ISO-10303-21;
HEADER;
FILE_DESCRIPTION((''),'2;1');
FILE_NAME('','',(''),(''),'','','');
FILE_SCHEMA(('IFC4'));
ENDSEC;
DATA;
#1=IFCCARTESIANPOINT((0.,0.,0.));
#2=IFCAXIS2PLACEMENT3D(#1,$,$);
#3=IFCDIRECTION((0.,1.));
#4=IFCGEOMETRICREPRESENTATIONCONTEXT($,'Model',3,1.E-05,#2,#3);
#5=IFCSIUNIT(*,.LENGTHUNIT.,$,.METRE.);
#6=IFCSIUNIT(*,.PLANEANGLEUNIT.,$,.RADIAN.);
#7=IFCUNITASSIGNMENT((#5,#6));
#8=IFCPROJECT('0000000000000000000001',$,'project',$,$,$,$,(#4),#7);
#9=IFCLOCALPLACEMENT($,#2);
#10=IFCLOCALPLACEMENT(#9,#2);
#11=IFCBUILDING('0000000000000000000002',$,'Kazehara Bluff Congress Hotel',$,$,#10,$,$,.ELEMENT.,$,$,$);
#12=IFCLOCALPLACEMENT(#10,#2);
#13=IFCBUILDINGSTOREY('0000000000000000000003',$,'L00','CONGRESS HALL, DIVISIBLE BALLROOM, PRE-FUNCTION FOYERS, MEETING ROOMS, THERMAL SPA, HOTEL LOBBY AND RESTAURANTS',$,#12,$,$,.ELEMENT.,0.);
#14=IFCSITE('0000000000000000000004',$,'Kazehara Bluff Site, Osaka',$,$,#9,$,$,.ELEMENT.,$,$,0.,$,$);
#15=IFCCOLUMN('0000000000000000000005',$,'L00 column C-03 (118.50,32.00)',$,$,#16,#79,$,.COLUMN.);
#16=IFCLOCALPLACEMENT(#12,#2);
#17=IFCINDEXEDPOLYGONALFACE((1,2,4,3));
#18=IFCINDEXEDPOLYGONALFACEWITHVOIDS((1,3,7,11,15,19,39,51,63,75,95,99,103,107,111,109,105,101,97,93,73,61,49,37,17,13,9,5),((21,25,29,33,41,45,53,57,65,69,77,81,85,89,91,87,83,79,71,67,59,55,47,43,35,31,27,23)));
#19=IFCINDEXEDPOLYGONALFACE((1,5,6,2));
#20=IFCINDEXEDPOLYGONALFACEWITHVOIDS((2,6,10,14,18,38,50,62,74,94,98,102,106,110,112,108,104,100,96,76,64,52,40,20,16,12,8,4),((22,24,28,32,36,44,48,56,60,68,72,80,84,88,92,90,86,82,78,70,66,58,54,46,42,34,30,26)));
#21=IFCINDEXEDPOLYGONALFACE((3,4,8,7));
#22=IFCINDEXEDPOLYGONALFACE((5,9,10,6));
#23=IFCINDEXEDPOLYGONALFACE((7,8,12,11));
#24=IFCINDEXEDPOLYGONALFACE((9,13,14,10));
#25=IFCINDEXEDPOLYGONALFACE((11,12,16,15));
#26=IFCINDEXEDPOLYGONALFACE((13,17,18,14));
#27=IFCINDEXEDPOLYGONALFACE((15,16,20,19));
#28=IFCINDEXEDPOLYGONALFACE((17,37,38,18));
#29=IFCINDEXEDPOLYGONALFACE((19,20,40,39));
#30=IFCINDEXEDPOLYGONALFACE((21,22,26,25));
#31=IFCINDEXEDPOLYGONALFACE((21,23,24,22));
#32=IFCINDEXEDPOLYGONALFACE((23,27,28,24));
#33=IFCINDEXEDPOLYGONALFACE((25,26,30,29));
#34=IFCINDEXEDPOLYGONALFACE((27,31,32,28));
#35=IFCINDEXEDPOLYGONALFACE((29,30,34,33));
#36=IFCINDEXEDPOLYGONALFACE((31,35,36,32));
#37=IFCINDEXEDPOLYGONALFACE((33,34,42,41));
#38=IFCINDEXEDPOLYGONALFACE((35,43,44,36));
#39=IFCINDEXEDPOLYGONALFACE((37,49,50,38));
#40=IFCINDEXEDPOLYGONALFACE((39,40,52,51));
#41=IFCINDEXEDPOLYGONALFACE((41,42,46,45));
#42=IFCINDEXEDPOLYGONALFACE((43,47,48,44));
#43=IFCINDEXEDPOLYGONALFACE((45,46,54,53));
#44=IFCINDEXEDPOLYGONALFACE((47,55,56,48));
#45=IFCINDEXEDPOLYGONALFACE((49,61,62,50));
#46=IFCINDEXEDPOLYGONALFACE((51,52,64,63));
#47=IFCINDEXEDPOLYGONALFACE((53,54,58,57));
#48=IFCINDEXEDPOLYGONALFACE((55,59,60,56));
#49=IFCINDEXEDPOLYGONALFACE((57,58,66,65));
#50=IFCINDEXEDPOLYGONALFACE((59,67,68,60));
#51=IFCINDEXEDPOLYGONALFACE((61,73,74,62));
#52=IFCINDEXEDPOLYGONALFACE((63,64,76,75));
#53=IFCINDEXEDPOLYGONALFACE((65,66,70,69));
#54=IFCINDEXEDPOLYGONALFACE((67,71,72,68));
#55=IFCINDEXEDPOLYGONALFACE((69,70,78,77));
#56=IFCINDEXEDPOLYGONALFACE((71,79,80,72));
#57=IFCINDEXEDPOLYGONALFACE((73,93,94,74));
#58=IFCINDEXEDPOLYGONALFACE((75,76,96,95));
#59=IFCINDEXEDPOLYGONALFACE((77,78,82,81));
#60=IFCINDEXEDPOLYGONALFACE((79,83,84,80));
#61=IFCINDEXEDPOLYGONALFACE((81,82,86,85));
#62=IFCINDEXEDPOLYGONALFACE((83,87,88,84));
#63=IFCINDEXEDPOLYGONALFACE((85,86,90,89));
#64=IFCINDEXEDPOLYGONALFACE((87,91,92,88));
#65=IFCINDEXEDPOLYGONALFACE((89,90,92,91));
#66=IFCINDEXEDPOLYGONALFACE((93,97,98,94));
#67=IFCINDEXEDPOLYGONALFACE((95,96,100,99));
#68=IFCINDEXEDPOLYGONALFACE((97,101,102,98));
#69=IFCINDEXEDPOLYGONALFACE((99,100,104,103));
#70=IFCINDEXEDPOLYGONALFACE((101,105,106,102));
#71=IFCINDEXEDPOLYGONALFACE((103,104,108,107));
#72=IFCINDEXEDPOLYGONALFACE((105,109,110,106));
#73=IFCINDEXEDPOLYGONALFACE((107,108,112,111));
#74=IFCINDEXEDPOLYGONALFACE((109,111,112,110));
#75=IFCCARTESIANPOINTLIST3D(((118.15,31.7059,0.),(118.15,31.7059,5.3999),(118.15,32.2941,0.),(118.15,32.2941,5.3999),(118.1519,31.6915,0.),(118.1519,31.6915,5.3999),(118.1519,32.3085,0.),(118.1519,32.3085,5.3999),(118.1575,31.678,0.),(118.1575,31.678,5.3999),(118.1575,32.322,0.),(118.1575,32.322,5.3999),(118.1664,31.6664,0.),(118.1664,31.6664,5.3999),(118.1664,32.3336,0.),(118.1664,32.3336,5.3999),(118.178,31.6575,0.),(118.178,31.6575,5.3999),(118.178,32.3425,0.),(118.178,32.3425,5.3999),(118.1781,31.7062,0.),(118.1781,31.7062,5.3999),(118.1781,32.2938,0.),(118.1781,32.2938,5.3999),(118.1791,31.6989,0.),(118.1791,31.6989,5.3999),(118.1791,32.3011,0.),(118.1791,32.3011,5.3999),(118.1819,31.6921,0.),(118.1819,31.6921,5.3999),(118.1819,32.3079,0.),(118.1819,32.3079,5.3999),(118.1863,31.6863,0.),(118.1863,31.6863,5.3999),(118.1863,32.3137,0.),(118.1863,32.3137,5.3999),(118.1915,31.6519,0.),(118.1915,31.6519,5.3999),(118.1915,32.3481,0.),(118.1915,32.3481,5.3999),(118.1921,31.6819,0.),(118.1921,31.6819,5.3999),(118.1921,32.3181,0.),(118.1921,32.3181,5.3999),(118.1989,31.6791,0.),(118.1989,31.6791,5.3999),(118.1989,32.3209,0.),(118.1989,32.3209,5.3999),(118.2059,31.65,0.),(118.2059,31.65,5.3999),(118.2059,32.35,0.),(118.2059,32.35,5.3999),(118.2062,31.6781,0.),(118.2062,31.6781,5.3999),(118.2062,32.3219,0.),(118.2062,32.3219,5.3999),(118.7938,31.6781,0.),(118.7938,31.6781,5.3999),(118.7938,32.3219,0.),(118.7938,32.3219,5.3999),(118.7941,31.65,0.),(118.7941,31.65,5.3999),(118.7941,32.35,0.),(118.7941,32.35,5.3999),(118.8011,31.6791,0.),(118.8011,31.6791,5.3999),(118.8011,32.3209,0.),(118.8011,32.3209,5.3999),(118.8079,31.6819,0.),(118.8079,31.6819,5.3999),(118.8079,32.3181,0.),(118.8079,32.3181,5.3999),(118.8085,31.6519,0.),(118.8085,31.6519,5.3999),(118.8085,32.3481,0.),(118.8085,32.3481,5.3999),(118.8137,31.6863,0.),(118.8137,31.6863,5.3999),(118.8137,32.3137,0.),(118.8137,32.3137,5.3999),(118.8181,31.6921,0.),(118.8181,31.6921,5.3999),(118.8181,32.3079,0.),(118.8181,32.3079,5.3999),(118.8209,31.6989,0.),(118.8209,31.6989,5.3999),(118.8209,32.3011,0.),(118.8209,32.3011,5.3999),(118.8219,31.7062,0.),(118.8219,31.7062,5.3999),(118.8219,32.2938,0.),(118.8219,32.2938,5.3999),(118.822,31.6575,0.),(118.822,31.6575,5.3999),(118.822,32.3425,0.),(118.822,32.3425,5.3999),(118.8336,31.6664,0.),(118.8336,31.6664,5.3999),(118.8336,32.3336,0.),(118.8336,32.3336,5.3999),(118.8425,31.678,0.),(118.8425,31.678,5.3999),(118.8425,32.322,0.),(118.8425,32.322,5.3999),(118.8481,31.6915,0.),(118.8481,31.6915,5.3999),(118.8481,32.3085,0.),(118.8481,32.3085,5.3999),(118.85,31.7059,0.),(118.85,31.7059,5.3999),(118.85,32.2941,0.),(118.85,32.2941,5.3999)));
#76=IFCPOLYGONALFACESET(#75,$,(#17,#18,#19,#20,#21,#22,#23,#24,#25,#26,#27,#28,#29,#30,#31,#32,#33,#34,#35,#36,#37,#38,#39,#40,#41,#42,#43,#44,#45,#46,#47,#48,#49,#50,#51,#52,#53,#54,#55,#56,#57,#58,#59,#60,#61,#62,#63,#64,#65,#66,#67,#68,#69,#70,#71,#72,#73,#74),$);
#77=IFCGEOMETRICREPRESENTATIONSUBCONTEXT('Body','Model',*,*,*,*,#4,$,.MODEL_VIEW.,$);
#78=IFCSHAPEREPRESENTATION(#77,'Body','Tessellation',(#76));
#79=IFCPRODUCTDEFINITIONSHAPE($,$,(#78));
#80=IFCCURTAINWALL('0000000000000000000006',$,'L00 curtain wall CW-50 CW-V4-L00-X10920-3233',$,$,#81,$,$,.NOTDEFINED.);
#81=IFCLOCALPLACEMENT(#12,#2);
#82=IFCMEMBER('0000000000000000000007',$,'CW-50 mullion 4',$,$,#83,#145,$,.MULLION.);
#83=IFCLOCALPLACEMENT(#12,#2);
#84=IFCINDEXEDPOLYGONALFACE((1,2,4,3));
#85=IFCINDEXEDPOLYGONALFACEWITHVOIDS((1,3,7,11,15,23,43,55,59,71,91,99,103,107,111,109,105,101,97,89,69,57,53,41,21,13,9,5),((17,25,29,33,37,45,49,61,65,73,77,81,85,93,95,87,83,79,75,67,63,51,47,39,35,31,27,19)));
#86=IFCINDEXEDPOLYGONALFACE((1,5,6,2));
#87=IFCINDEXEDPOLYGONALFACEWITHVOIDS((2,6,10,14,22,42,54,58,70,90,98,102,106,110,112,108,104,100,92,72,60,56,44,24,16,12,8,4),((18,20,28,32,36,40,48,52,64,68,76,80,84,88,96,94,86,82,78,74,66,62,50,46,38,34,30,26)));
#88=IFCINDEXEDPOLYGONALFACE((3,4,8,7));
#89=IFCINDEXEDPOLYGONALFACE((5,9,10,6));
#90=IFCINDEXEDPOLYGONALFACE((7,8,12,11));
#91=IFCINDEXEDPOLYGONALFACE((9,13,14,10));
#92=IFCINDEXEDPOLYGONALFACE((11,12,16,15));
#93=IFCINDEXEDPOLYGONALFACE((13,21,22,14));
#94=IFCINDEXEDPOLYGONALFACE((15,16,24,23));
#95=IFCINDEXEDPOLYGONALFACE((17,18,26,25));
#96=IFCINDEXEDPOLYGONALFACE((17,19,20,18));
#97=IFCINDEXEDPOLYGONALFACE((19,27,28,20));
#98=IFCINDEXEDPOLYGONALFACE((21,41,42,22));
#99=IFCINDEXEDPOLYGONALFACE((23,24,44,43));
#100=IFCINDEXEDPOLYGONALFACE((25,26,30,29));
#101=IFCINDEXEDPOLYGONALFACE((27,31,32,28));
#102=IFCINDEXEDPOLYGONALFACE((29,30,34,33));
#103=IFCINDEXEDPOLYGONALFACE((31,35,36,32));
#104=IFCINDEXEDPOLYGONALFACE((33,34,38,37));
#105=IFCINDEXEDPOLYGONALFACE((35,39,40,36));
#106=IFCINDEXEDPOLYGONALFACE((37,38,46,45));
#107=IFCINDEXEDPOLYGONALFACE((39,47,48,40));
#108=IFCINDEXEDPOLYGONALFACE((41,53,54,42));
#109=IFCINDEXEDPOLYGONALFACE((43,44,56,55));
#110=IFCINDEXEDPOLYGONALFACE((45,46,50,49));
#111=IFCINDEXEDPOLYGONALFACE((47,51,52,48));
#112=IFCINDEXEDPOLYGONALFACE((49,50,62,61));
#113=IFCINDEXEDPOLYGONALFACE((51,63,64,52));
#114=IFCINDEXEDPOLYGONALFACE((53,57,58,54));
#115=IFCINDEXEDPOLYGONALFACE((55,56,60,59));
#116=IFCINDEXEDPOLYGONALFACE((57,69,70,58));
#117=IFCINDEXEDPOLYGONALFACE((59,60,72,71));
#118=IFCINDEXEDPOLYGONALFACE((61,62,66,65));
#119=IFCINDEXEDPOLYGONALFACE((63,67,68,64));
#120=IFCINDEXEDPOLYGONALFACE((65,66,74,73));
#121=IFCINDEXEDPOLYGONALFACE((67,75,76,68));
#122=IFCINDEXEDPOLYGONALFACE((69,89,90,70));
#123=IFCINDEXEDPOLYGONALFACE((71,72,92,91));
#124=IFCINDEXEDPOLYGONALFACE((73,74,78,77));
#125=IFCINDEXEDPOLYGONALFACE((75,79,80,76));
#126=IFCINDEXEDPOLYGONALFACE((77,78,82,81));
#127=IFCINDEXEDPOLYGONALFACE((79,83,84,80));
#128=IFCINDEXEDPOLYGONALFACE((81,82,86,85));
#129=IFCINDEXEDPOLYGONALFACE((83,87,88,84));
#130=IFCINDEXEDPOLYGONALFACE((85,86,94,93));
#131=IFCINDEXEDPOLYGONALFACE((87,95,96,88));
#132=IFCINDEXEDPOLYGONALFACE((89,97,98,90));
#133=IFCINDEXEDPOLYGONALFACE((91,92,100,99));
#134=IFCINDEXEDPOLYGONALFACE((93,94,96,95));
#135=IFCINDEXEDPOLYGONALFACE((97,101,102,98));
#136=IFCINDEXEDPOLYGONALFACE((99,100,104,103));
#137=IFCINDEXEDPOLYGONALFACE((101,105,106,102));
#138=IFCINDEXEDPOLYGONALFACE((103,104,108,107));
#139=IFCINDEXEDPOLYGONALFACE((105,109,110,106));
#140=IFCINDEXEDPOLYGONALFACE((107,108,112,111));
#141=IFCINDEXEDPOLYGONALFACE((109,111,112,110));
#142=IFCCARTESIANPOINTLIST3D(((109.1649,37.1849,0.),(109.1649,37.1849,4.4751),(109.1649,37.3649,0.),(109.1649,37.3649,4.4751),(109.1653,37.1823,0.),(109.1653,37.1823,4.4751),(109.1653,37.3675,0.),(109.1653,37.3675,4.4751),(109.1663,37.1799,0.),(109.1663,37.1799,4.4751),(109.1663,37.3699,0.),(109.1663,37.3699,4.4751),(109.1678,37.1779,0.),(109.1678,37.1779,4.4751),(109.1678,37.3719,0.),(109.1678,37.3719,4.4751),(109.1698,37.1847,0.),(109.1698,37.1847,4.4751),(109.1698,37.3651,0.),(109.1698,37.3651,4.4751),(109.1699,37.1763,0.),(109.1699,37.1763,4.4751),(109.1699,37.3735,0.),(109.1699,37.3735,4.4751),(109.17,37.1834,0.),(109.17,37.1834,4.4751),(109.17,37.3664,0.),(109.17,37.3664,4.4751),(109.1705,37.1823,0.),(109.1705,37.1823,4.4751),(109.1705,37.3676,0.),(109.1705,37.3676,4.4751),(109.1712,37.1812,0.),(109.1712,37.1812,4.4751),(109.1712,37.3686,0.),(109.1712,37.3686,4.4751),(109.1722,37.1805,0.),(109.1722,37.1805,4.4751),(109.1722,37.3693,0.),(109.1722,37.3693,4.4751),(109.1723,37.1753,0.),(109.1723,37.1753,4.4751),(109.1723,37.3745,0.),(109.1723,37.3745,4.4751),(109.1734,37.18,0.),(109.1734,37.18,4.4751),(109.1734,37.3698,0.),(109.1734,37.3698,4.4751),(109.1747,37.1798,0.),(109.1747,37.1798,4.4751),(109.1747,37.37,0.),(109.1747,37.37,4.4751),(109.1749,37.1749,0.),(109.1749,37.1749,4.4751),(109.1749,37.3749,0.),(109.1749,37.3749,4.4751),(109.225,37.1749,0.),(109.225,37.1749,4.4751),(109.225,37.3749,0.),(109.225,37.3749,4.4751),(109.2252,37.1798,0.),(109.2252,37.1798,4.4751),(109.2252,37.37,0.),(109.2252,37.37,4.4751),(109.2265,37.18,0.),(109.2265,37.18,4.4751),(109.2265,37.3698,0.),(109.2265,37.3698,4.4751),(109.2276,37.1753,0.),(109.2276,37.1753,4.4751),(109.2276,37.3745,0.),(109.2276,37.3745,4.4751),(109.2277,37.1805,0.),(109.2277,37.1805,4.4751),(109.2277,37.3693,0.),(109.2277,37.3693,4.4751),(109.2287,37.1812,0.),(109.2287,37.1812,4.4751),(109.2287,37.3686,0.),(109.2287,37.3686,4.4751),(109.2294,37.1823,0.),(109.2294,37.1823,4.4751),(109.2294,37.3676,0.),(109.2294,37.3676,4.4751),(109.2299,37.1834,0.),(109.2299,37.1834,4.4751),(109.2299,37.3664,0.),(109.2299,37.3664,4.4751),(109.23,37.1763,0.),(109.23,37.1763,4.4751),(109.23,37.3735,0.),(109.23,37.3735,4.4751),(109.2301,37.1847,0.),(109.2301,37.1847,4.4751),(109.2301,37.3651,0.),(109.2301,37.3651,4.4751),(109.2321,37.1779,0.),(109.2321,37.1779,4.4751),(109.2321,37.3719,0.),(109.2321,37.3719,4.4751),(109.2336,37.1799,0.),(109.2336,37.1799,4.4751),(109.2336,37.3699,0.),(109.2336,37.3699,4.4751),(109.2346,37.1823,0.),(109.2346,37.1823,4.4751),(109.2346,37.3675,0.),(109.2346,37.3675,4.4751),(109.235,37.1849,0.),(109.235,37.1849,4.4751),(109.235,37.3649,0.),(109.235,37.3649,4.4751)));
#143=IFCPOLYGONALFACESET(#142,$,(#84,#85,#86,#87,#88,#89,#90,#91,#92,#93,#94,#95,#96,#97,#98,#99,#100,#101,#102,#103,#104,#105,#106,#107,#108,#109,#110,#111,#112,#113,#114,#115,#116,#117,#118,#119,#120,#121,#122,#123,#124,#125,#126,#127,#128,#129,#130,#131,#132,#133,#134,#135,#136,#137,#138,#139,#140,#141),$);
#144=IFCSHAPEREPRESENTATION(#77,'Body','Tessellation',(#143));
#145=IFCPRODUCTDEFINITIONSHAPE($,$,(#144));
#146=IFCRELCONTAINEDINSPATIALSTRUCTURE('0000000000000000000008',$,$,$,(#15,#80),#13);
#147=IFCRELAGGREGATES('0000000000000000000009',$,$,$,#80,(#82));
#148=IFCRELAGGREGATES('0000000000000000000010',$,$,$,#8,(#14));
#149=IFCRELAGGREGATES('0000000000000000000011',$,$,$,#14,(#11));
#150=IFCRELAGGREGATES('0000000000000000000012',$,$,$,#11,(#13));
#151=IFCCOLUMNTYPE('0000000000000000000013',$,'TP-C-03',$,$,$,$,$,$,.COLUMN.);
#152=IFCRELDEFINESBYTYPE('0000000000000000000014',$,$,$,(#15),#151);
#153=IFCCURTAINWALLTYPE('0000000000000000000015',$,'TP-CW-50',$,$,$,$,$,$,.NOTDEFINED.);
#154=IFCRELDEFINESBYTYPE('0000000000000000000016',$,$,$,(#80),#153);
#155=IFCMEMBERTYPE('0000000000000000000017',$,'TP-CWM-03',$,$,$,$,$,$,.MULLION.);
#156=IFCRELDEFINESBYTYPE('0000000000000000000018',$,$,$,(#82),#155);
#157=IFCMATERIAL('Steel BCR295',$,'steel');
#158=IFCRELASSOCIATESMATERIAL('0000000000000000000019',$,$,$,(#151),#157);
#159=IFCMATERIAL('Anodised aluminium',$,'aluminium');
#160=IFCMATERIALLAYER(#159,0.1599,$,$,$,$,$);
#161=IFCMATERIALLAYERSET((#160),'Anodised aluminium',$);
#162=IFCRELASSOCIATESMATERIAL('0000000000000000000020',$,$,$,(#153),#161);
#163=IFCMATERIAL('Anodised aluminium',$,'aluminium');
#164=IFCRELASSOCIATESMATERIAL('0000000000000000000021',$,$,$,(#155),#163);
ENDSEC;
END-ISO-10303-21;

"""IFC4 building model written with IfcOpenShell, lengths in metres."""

from ifc_helpers import new_model, si_unit, direction, frame, origin, origin_2d, place, context, subcontext, project, spatial, hollow_rectangle, extrude, material, layer, layer_set, material_profile, profile_set, type_object, element, aggregate, save


model = new_model("IFC4")

# Units and contexts
model_context = context("Model", 3, precision=1e-05, world=origin(), true_north=direction((0.0, 1.0)))
body_context = subcontext(model_context, "Body", "Model", "MODEL_VIEW")
ifc_project = project(units=[si_unit("LENGTHUNIT", "METRE"), si_unit("PLANEANGLEUNIT", "RADIAN")], contexts=[model_context])

# Site, building, storey
site_placement = place(None, origin())
site = spatial("IfcSite", under=ifc_project, at=site_placement, Name="Kazehara Bluff Site, Osaka", CompositionType="ELEMENT", RefElevation=0.0)
building_placement = place(site_placement, origin())
building = spatial("IfcBuilding", under=site, at=building_placement, Name="Kazehara Bluff Congress Hotel", CompositionType="ELEMENT")
storey_placement = place(building_placement, origin())
storey = spatial("IfcBuildingStorey", under=building, at=storey_placement, Name="L00", Description="CONGRESS HALL, DIVISIBLE BALLROOM, PRE-FUNCTION FOYERS, MEETING ROOMS, THERMAL SPA, HOTEL LOBBY AND RESTAURANTS", CompositionType="ELEMENT", Elevation=0.0)

# Column
ifc_material_1 = material(Name="Steel BCR295", Category="steel")
ifc_material_profile_1 = material_profile(ifc_material_1, hollow_rectangle(XDim=0.7, YDim=0.7, WallThickness=0.0281, InnerFilletRadius=0.0281, OuterFilletRadius=0.0559, at=origin_2d()))
ifc_profile_set_1 = profile_set([ifc_material_profile_1], Name="Steel BCR295")
column_type = type_object("IfcColumnType", Name="TP-C-03", PredefinedType="COLUMN", material=ifc_profile_set_1)
for number, where, z_axis, x_axis, name in (
    (1, (118.5, 32.0, 0.0), (0.0, 0.0, 1.0), (1.0, 0.0, 0.0), "L00 column C-03 (118.50,32.00)"),
):
    element("IfcColumn", number, at=place(storey_placement, frame(where, z_axis=z_axis, x_axis=x_axis)), inside=storey, type_object=column_type, Name=name, PredefinedType="COLUMN", context=body_context, shape_type="SweptSolid", body=[
        extrude(hollow_rectangle(XDim=0.7, YDim=0.7, WallThickness=0.0281, InnerFilletRadius=0.0281, OuterFilletRadius=0.0559, at=origin_2d()), origin(), (0.0, 0.0, 1.0), 5.3999),
    ])

# Curtain wall, member
ifc_material_2 = material(Name="Anodised aluminium", Category="aluminium")
ifc_layer_1 = layer(ifc_material_2, 0.1599)
ifc_layer_set_1 = layer_set([ifc_layer_1], Name="Anodised aluminium")
curtain_wall_type = type_object("IfcCurtainWallType", Name="TP-CW-50", PredefinedType="NOTDEFINED", material=ifc_layer_set_1)
curtain_wall_placement = place(storey_placement, origin())
curtain_wall = element("IfcCurtainWall", 2, at=curtain_wall_placement, inside=storey, type_object=curtain_wall_type, Name="L00 curtain wall CW-50 CW-V4-L00-X10920-3233", PredefinedType="NOTDEFINED")
ifc_material_3 = material(Name="Anodised aluminium", Category="aluminium")
ifc_material_profile_2 = material_profile(ifc_material_3, hollow_rectangle(XDim=0.0701, YDim=0.2, WallThickness=0.0049, InnerFilletRadius=0.0049, OuterFilletRadius=0.01, at=origin_2d()))
ifc_profile_set_2 = profile_set([ifc_material_profile_2], Name="Anodised aluminium")
member_type_1 = type_object("IfcMemberType", Name="TP-CWM-03", PredefinedType="MULLION", material=ifc_profile_set_2)
member_1_placement = place(storey_placement, frame((109.2, 37.2749, 0.0), z_axis=(0.0, 0.0, 1.0), x_axis=(-1.0, 0.0, 0.0)))
member_1 = element("IfcMember", 3, at=member_1_placement, type_object=member_type_1, Name="CW-50 mullion 4", PredefinedType="MULLION", context=body_context, shape_type="SweptSolid", body=[
    extrude(hollow_rectangle(XDim=0.0701, YDim=0.2, WallThickness=0.0049, InnerFilletRadius=0.0049, OuterFilletRadius=0.01, at=origin_2d()), origin(), (0.0, 0.0, 1.0), 4.4751),
])

aggregate(curtain_wall, [member_1])

save(model, "model.ifc")
